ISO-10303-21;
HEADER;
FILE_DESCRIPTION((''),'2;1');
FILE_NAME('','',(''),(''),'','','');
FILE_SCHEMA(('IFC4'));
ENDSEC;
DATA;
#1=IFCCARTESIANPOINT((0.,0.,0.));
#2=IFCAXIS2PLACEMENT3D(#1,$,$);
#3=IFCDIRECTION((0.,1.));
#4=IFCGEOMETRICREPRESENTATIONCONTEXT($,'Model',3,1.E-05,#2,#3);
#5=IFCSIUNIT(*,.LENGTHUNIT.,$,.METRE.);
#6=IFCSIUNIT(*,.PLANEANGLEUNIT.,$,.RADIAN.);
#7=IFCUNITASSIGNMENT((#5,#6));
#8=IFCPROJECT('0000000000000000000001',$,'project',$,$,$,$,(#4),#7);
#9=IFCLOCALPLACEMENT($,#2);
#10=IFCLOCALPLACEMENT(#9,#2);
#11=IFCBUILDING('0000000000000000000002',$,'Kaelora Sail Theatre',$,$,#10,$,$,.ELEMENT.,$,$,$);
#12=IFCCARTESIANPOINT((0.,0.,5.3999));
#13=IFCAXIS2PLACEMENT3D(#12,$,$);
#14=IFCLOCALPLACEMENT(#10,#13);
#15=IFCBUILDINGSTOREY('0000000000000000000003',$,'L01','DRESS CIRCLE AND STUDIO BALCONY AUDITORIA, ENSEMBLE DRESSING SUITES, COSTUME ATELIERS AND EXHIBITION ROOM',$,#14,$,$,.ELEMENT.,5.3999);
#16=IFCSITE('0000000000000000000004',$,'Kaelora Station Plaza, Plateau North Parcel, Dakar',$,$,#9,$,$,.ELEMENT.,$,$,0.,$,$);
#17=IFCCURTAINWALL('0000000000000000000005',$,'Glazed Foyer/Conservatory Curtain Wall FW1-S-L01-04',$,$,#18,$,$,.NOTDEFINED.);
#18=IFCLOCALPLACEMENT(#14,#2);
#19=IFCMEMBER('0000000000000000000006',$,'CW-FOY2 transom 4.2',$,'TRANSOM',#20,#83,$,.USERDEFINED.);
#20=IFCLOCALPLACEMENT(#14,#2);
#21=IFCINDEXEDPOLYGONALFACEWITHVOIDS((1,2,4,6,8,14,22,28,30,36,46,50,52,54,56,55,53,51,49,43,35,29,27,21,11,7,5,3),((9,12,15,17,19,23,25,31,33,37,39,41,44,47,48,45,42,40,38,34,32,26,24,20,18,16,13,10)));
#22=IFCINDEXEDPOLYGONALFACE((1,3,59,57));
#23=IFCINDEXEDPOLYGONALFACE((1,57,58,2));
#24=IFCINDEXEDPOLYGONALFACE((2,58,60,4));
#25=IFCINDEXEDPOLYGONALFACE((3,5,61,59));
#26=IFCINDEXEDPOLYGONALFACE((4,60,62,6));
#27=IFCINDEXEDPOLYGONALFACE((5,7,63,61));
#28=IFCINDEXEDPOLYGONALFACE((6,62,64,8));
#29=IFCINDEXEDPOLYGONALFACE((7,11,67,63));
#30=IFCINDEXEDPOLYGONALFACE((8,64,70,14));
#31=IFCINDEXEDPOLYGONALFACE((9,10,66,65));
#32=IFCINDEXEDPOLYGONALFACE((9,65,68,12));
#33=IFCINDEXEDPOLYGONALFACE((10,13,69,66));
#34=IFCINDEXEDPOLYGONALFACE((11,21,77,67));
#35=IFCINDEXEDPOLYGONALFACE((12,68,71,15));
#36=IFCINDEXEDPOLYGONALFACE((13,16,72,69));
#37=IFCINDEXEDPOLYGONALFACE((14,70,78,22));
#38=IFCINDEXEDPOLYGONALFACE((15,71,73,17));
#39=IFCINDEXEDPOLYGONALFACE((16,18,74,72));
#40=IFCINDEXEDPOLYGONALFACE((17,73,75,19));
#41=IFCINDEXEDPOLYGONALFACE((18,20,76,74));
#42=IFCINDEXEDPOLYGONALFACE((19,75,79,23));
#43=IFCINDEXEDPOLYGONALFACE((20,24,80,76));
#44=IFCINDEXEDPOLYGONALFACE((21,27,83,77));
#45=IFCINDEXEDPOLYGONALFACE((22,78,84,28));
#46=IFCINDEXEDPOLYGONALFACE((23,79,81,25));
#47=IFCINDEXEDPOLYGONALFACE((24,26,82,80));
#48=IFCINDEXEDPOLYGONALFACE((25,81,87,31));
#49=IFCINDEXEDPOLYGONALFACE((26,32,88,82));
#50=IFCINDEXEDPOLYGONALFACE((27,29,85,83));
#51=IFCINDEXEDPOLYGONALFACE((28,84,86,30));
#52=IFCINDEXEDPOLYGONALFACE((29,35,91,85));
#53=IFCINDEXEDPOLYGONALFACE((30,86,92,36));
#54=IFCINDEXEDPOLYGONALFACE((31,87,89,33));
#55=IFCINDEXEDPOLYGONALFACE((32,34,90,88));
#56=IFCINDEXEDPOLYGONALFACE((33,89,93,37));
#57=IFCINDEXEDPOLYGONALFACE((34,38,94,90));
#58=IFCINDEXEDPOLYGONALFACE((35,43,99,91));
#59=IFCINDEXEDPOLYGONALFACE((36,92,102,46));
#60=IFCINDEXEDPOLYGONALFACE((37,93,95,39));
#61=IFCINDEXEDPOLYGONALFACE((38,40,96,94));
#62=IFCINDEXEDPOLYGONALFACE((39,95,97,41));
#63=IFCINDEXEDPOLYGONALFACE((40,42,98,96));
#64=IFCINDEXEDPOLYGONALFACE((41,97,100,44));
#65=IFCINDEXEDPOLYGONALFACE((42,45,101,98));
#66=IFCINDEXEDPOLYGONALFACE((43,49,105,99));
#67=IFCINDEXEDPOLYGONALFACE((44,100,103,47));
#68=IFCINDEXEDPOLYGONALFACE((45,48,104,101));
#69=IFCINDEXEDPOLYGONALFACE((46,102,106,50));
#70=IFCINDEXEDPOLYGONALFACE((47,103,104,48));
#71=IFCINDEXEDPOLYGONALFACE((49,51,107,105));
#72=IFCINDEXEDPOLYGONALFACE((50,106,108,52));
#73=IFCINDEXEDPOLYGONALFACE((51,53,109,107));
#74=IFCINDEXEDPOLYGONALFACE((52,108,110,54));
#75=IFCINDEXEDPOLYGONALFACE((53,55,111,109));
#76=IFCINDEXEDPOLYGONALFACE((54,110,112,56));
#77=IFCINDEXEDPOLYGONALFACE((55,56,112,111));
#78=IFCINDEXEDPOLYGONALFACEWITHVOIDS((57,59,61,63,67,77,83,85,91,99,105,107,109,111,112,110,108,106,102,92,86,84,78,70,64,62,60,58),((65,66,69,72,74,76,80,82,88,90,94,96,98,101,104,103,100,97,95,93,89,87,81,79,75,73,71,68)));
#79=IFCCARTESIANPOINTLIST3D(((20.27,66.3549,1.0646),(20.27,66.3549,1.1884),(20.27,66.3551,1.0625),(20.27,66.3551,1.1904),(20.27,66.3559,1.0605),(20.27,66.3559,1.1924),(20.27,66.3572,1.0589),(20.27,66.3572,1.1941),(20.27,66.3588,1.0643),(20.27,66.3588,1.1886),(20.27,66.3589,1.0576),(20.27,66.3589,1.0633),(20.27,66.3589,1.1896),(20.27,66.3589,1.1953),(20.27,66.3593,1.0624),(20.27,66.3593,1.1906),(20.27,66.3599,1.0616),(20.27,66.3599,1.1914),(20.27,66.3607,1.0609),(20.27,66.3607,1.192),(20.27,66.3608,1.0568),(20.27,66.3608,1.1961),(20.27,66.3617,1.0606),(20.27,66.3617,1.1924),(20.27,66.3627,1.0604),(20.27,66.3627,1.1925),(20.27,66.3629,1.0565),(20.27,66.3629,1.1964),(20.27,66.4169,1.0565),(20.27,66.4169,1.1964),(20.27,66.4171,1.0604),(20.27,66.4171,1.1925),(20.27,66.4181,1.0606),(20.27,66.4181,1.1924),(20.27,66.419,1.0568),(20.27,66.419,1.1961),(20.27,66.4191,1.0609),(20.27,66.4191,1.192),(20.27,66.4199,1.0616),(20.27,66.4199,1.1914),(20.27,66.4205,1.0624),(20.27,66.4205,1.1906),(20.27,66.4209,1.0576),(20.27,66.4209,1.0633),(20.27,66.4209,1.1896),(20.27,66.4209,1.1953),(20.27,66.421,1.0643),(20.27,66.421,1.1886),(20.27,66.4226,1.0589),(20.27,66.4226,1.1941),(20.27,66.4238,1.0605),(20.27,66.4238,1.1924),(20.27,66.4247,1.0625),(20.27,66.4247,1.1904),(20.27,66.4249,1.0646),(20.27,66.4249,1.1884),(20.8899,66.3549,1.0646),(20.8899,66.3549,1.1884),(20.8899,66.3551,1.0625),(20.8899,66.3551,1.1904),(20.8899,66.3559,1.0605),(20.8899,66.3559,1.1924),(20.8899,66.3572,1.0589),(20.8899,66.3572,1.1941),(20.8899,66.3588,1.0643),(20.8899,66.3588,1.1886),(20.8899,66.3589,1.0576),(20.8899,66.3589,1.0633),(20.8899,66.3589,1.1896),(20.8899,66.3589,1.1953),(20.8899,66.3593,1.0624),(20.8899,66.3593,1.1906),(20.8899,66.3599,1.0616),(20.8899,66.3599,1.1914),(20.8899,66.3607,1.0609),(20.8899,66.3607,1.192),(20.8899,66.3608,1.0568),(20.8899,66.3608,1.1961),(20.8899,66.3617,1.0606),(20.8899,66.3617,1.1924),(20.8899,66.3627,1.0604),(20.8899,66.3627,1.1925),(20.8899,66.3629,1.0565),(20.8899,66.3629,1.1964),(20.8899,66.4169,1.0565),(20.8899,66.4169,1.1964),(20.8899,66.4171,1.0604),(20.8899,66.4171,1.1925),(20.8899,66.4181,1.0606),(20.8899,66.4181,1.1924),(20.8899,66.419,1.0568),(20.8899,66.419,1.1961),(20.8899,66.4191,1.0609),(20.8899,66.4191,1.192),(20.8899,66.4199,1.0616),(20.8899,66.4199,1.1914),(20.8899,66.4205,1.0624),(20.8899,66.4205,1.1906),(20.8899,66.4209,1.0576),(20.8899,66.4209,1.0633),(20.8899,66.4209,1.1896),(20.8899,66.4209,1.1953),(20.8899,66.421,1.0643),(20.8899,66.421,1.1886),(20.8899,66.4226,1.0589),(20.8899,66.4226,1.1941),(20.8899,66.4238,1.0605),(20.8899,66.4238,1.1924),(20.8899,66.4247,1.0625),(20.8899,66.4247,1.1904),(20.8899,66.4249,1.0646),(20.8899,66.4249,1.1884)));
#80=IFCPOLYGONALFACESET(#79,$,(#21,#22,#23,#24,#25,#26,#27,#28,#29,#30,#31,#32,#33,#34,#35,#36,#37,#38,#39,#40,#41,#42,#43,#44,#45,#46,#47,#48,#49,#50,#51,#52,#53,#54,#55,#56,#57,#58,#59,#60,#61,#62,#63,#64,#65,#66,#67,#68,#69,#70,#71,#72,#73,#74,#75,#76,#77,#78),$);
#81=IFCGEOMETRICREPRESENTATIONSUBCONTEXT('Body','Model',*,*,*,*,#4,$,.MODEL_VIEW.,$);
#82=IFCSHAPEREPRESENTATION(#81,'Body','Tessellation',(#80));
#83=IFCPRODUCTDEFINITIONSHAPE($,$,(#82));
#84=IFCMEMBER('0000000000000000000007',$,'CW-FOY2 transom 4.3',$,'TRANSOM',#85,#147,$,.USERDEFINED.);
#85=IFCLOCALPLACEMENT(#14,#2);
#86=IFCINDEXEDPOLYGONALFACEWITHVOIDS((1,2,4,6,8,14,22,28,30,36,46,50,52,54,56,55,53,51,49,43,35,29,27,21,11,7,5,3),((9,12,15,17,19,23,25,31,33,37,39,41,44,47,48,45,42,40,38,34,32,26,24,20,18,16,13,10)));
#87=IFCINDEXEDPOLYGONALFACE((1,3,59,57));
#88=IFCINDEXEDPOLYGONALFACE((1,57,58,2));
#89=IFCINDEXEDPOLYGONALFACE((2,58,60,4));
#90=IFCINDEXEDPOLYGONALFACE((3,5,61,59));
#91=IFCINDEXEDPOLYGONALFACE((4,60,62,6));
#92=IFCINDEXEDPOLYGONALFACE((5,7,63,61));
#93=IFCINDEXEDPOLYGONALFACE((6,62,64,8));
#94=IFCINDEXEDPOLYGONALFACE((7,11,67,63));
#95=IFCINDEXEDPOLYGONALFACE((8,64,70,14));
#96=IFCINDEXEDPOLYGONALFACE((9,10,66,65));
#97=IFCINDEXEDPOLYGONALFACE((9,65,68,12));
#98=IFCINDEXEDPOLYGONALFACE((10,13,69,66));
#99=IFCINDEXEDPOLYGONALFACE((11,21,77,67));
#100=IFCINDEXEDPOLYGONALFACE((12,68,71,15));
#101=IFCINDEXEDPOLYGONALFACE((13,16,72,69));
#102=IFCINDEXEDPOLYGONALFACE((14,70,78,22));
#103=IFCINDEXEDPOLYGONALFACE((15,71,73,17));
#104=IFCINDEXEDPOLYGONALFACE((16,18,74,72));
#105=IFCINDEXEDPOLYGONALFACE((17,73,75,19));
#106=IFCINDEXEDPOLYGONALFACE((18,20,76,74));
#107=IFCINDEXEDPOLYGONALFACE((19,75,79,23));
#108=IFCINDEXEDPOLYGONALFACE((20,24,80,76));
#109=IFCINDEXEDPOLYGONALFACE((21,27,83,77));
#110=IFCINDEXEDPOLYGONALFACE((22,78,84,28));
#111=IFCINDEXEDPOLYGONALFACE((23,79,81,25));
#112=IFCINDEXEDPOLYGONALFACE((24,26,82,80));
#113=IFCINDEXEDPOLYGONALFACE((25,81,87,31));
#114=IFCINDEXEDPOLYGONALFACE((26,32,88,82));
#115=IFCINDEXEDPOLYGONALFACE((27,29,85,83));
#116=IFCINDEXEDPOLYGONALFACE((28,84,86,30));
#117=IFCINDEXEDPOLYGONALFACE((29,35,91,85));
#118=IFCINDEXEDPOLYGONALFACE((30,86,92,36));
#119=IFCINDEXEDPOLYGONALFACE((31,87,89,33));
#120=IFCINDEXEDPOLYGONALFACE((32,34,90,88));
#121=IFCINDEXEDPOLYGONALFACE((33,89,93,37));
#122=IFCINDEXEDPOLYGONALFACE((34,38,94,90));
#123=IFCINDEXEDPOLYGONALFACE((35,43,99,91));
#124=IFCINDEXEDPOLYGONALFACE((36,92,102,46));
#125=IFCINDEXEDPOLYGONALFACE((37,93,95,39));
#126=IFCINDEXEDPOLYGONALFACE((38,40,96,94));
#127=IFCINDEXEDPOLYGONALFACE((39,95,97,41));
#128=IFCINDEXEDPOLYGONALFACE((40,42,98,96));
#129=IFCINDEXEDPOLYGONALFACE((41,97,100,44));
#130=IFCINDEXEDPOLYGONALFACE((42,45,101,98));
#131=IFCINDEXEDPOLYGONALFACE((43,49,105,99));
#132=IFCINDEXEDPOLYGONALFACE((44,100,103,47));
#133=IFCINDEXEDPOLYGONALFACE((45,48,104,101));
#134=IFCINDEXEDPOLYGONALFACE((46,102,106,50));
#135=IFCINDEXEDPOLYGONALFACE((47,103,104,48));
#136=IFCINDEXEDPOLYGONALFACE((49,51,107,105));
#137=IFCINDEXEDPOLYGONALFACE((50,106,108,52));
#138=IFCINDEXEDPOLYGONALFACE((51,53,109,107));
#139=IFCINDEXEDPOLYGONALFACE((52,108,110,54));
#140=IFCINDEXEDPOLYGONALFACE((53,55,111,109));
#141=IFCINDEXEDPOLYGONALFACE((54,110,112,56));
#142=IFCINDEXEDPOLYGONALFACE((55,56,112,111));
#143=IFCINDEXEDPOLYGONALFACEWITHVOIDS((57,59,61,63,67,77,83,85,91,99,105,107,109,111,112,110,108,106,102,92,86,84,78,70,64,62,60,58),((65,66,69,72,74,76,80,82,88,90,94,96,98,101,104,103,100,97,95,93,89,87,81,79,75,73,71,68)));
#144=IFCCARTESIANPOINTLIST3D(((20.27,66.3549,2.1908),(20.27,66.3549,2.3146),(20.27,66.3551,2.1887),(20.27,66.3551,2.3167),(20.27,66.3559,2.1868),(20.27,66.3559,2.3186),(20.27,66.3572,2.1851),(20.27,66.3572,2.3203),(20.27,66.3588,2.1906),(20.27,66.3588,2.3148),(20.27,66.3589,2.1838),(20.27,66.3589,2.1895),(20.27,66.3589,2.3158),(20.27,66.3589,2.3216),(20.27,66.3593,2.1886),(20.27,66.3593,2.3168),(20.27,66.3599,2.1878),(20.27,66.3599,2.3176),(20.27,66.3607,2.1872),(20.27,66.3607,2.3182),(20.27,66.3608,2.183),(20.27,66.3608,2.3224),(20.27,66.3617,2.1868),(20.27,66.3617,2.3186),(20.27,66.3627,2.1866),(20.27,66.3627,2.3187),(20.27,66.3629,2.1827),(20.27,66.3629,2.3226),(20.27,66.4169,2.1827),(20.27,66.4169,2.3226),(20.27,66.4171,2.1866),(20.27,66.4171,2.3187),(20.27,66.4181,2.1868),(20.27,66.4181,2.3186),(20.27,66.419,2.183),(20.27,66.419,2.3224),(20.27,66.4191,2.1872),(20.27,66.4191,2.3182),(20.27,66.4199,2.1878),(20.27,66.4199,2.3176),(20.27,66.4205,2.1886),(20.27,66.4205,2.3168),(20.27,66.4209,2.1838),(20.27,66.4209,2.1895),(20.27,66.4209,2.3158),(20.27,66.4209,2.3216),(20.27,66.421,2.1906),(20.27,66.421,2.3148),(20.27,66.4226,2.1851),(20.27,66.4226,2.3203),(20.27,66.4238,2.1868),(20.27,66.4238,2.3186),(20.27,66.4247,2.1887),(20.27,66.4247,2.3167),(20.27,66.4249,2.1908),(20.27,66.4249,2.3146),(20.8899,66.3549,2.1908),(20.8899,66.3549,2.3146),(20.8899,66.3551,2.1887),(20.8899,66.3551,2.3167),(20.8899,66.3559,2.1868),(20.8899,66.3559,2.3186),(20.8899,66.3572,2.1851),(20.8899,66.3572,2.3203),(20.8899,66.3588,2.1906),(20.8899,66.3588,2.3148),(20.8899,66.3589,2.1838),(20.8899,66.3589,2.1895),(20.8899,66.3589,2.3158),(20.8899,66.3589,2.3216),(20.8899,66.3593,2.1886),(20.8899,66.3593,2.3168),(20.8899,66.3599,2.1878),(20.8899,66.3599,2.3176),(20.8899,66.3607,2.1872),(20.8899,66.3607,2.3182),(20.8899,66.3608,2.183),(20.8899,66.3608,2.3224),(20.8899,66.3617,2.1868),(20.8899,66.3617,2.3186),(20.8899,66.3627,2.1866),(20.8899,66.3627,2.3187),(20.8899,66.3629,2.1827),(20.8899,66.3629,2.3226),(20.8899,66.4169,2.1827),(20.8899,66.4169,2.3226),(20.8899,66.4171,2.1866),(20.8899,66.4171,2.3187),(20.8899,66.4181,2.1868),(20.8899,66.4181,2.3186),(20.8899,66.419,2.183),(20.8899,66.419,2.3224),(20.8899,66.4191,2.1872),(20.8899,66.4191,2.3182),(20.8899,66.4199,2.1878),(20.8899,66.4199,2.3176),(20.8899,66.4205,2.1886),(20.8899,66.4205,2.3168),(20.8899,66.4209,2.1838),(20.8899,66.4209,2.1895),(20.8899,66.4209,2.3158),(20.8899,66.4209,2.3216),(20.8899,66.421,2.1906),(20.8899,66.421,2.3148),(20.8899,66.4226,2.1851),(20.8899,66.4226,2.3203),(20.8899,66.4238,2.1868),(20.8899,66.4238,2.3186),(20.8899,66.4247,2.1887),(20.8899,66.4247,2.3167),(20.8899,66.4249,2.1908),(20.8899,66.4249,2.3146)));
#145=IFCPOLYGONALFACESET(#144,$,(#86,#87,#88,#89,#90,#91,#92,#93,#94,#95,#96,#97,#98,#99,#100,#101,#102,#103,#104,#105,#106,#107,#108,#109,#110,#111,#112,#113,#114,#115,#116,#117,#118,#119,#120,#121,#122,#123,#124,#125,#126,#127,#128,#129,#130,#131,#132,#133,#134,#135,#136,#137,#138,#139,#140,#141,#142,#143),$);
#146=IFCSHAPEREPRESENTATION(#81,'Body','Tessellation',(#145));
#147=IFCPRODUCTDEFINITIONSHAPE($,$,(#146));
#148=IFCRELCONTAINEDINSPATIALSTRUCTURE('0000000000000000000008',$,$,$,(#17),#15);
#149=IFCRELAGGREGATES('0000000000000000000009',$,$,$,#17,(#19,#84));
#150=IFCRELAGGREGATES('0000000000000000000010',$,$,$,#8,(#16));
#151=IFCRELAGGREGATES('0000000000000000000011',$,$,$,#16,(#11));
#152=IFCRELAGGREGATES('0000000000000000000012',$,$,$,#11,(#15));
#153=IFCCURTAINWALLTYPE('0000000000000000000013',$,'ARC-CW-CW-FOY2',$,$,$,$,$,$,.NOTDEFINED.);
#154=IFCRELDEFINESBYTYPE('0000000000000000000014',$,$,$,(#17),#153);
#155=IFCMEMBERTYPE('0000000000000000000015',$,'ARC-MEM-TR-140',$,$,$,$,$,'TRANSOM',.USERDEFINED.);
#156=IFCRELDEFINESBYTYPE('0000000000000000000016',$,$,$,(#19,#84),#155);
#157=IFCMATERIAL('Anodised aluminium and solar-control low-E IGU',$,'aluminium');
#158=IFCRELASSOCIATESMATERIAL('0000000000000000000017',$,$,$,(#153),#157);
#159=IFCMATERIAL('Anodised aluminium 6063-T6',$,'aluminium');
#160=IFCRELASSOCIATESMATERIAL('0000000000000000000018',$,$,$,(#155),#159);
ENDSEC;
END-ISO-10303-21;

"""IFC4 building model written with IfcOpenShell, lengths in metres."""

from ifc_helpers import new_model, si_unit, direction, frame, origin, origin_2d, place, context, subcontext, project, spatial, hollow_rectangle, extrude, material, material_profile, profile_set, type_object, element, aggregate, save


model = new_model("IFC4")

# Units and contexts
model_context = context("Model", 3, precision=1e-05, world=origin(), true_north=direction((0.0, 1.0)))
body_context = subcontext(model_context, "Body", "Model", "MODEL_VIEW")
ifc_project = project(units=[si_unit("LENGTHUNIT", "METRE"), si_unit("PLANEANGLEUNIT", "RADIAN")], contexts=[model_context])

# Site, building, storey
site_placement = place(None, origin())
site = spatial("IfcSite", under=ifc_project, at=site_placement, Name="Kaelora Station Plaza, Plateau North Parcel, Dakar", CompositionType="ELEMENT", RefElevation=0.0)
building_placement = place(site_placement, origin())
building = spatial("IfcBuilding", under=site, at=building_placement, Name="Kaelora Sail Theatre", CompositionType="ELEMENT")
storey_placement = place(building_placement, frame((0.0, 0.0, 5.3999)))
storey = spatial("IfcBuildingStorey", under=building, at=storey_placement, Name="L01", Description="DRESS CIRCLE AND STUDIO BALCONY AUDITORIA, ENSEMBLE DRESSING SUITES, COSTUME ATELIERS AND EXHIBITION ROOM", CompositionType="ELEMENT", Elevation=5.3999)

# Curtain wall, members
ifc_material_1 = material(Name="Anodised aluminium and solar-control low-E IGU", Category="aluminium")
curtain_wall_type = type_object("IfcCurtainWallType", Name="ARC-CW-CW-FOY2", PredefinedType="NOTDEFINED", material=ifc_material_1)
curtain_wall_placement = place(storey_placement, origin())
curtain_wall = element("IfcCurtainWall", 1, at=curtain_wall_placement, inside=storey, type_object=curtain_wall_type, Name="Glazed Foyer/Conservatory Curtain Wall FW1-S-L01-04", PredefinedType="NOTDEFINED")
ifc_material_2 = material(Name="Anodised aluminium 6063-T6", Category="aluminium")
ifc_material_profile_1 = material_profile(ifc_material_2, hollow_rectangle(XDim=0.0701, YDim=0.1399, WallThickness=0.0039, InnerFilletRadius=0.0039, OuterFilletRadius=0.0081, at=origin_2d()), Name="ALU-TRAN 70x140x4")
ifc_profile_set_1 = profile_set([ifc_material_profile_1], Name="Anodised aluminium 6063-T6")
member_type_1 = type_object("IfcMemberType", Name="ARC-MEM-TR-140", ElementType="TRANSOM", PredefinedType="USERDEFINED", material=ifc_profile_set_1)
member_1_placement = place(storey_placement, frame((20.27, 66.3899, 1.1265), z_axis=(1.0, 0.0, 0.0), x_axis=(0.0, 1.0, 0.0)))
member_1 = element("IfcMember", 2, at=member_1_placement, type_object=member_type_1, Name="CW-FOY2 transom 4.2", ObjectType="TRANSOM", PredefinedType="USERDEFINED", context=body_context, shape_type="SweptSolid", body=[
    extrude(hollow_rectangle(XDim=0.0701, YDim=0.1399, WallThickness=0.0039, InnerFilletRadius=0.0039, OuterFilletRadius=0.0081, at=origin_2d()), origin(), (0.0, 0.0, 1.0), 0.6199),
])
member_2_placement = place(storey_placement, frame((20.27, 66.3899, 2.2527), z_axis=(1.0, 0.0, 0.0), x_axis=(0.0, 1.0, 0.0)))
member_2 = element("IfcMember", 3, at=member_2_placement, type_object=member_type_1, Name="CW-FOY2 transom 4.3", ObjectType="TRANSOM", PredefinedType="USERDEFINED", context=body_context, shape_type="SweptSolid", body=[
    extrude(hollow_rectangle(XDim=0.0701, YDim=0.1399, WallThickness=0.0039, InnerFilletRadius=0.0039, OuterFilletRadius=0.0081, at=origin_2d()), origin(), (0.0, 0.0, 1.0), 0.6199),
])
aggregate(curtain_wall, [member_1, member_2])

save(model, "model.ifc")
